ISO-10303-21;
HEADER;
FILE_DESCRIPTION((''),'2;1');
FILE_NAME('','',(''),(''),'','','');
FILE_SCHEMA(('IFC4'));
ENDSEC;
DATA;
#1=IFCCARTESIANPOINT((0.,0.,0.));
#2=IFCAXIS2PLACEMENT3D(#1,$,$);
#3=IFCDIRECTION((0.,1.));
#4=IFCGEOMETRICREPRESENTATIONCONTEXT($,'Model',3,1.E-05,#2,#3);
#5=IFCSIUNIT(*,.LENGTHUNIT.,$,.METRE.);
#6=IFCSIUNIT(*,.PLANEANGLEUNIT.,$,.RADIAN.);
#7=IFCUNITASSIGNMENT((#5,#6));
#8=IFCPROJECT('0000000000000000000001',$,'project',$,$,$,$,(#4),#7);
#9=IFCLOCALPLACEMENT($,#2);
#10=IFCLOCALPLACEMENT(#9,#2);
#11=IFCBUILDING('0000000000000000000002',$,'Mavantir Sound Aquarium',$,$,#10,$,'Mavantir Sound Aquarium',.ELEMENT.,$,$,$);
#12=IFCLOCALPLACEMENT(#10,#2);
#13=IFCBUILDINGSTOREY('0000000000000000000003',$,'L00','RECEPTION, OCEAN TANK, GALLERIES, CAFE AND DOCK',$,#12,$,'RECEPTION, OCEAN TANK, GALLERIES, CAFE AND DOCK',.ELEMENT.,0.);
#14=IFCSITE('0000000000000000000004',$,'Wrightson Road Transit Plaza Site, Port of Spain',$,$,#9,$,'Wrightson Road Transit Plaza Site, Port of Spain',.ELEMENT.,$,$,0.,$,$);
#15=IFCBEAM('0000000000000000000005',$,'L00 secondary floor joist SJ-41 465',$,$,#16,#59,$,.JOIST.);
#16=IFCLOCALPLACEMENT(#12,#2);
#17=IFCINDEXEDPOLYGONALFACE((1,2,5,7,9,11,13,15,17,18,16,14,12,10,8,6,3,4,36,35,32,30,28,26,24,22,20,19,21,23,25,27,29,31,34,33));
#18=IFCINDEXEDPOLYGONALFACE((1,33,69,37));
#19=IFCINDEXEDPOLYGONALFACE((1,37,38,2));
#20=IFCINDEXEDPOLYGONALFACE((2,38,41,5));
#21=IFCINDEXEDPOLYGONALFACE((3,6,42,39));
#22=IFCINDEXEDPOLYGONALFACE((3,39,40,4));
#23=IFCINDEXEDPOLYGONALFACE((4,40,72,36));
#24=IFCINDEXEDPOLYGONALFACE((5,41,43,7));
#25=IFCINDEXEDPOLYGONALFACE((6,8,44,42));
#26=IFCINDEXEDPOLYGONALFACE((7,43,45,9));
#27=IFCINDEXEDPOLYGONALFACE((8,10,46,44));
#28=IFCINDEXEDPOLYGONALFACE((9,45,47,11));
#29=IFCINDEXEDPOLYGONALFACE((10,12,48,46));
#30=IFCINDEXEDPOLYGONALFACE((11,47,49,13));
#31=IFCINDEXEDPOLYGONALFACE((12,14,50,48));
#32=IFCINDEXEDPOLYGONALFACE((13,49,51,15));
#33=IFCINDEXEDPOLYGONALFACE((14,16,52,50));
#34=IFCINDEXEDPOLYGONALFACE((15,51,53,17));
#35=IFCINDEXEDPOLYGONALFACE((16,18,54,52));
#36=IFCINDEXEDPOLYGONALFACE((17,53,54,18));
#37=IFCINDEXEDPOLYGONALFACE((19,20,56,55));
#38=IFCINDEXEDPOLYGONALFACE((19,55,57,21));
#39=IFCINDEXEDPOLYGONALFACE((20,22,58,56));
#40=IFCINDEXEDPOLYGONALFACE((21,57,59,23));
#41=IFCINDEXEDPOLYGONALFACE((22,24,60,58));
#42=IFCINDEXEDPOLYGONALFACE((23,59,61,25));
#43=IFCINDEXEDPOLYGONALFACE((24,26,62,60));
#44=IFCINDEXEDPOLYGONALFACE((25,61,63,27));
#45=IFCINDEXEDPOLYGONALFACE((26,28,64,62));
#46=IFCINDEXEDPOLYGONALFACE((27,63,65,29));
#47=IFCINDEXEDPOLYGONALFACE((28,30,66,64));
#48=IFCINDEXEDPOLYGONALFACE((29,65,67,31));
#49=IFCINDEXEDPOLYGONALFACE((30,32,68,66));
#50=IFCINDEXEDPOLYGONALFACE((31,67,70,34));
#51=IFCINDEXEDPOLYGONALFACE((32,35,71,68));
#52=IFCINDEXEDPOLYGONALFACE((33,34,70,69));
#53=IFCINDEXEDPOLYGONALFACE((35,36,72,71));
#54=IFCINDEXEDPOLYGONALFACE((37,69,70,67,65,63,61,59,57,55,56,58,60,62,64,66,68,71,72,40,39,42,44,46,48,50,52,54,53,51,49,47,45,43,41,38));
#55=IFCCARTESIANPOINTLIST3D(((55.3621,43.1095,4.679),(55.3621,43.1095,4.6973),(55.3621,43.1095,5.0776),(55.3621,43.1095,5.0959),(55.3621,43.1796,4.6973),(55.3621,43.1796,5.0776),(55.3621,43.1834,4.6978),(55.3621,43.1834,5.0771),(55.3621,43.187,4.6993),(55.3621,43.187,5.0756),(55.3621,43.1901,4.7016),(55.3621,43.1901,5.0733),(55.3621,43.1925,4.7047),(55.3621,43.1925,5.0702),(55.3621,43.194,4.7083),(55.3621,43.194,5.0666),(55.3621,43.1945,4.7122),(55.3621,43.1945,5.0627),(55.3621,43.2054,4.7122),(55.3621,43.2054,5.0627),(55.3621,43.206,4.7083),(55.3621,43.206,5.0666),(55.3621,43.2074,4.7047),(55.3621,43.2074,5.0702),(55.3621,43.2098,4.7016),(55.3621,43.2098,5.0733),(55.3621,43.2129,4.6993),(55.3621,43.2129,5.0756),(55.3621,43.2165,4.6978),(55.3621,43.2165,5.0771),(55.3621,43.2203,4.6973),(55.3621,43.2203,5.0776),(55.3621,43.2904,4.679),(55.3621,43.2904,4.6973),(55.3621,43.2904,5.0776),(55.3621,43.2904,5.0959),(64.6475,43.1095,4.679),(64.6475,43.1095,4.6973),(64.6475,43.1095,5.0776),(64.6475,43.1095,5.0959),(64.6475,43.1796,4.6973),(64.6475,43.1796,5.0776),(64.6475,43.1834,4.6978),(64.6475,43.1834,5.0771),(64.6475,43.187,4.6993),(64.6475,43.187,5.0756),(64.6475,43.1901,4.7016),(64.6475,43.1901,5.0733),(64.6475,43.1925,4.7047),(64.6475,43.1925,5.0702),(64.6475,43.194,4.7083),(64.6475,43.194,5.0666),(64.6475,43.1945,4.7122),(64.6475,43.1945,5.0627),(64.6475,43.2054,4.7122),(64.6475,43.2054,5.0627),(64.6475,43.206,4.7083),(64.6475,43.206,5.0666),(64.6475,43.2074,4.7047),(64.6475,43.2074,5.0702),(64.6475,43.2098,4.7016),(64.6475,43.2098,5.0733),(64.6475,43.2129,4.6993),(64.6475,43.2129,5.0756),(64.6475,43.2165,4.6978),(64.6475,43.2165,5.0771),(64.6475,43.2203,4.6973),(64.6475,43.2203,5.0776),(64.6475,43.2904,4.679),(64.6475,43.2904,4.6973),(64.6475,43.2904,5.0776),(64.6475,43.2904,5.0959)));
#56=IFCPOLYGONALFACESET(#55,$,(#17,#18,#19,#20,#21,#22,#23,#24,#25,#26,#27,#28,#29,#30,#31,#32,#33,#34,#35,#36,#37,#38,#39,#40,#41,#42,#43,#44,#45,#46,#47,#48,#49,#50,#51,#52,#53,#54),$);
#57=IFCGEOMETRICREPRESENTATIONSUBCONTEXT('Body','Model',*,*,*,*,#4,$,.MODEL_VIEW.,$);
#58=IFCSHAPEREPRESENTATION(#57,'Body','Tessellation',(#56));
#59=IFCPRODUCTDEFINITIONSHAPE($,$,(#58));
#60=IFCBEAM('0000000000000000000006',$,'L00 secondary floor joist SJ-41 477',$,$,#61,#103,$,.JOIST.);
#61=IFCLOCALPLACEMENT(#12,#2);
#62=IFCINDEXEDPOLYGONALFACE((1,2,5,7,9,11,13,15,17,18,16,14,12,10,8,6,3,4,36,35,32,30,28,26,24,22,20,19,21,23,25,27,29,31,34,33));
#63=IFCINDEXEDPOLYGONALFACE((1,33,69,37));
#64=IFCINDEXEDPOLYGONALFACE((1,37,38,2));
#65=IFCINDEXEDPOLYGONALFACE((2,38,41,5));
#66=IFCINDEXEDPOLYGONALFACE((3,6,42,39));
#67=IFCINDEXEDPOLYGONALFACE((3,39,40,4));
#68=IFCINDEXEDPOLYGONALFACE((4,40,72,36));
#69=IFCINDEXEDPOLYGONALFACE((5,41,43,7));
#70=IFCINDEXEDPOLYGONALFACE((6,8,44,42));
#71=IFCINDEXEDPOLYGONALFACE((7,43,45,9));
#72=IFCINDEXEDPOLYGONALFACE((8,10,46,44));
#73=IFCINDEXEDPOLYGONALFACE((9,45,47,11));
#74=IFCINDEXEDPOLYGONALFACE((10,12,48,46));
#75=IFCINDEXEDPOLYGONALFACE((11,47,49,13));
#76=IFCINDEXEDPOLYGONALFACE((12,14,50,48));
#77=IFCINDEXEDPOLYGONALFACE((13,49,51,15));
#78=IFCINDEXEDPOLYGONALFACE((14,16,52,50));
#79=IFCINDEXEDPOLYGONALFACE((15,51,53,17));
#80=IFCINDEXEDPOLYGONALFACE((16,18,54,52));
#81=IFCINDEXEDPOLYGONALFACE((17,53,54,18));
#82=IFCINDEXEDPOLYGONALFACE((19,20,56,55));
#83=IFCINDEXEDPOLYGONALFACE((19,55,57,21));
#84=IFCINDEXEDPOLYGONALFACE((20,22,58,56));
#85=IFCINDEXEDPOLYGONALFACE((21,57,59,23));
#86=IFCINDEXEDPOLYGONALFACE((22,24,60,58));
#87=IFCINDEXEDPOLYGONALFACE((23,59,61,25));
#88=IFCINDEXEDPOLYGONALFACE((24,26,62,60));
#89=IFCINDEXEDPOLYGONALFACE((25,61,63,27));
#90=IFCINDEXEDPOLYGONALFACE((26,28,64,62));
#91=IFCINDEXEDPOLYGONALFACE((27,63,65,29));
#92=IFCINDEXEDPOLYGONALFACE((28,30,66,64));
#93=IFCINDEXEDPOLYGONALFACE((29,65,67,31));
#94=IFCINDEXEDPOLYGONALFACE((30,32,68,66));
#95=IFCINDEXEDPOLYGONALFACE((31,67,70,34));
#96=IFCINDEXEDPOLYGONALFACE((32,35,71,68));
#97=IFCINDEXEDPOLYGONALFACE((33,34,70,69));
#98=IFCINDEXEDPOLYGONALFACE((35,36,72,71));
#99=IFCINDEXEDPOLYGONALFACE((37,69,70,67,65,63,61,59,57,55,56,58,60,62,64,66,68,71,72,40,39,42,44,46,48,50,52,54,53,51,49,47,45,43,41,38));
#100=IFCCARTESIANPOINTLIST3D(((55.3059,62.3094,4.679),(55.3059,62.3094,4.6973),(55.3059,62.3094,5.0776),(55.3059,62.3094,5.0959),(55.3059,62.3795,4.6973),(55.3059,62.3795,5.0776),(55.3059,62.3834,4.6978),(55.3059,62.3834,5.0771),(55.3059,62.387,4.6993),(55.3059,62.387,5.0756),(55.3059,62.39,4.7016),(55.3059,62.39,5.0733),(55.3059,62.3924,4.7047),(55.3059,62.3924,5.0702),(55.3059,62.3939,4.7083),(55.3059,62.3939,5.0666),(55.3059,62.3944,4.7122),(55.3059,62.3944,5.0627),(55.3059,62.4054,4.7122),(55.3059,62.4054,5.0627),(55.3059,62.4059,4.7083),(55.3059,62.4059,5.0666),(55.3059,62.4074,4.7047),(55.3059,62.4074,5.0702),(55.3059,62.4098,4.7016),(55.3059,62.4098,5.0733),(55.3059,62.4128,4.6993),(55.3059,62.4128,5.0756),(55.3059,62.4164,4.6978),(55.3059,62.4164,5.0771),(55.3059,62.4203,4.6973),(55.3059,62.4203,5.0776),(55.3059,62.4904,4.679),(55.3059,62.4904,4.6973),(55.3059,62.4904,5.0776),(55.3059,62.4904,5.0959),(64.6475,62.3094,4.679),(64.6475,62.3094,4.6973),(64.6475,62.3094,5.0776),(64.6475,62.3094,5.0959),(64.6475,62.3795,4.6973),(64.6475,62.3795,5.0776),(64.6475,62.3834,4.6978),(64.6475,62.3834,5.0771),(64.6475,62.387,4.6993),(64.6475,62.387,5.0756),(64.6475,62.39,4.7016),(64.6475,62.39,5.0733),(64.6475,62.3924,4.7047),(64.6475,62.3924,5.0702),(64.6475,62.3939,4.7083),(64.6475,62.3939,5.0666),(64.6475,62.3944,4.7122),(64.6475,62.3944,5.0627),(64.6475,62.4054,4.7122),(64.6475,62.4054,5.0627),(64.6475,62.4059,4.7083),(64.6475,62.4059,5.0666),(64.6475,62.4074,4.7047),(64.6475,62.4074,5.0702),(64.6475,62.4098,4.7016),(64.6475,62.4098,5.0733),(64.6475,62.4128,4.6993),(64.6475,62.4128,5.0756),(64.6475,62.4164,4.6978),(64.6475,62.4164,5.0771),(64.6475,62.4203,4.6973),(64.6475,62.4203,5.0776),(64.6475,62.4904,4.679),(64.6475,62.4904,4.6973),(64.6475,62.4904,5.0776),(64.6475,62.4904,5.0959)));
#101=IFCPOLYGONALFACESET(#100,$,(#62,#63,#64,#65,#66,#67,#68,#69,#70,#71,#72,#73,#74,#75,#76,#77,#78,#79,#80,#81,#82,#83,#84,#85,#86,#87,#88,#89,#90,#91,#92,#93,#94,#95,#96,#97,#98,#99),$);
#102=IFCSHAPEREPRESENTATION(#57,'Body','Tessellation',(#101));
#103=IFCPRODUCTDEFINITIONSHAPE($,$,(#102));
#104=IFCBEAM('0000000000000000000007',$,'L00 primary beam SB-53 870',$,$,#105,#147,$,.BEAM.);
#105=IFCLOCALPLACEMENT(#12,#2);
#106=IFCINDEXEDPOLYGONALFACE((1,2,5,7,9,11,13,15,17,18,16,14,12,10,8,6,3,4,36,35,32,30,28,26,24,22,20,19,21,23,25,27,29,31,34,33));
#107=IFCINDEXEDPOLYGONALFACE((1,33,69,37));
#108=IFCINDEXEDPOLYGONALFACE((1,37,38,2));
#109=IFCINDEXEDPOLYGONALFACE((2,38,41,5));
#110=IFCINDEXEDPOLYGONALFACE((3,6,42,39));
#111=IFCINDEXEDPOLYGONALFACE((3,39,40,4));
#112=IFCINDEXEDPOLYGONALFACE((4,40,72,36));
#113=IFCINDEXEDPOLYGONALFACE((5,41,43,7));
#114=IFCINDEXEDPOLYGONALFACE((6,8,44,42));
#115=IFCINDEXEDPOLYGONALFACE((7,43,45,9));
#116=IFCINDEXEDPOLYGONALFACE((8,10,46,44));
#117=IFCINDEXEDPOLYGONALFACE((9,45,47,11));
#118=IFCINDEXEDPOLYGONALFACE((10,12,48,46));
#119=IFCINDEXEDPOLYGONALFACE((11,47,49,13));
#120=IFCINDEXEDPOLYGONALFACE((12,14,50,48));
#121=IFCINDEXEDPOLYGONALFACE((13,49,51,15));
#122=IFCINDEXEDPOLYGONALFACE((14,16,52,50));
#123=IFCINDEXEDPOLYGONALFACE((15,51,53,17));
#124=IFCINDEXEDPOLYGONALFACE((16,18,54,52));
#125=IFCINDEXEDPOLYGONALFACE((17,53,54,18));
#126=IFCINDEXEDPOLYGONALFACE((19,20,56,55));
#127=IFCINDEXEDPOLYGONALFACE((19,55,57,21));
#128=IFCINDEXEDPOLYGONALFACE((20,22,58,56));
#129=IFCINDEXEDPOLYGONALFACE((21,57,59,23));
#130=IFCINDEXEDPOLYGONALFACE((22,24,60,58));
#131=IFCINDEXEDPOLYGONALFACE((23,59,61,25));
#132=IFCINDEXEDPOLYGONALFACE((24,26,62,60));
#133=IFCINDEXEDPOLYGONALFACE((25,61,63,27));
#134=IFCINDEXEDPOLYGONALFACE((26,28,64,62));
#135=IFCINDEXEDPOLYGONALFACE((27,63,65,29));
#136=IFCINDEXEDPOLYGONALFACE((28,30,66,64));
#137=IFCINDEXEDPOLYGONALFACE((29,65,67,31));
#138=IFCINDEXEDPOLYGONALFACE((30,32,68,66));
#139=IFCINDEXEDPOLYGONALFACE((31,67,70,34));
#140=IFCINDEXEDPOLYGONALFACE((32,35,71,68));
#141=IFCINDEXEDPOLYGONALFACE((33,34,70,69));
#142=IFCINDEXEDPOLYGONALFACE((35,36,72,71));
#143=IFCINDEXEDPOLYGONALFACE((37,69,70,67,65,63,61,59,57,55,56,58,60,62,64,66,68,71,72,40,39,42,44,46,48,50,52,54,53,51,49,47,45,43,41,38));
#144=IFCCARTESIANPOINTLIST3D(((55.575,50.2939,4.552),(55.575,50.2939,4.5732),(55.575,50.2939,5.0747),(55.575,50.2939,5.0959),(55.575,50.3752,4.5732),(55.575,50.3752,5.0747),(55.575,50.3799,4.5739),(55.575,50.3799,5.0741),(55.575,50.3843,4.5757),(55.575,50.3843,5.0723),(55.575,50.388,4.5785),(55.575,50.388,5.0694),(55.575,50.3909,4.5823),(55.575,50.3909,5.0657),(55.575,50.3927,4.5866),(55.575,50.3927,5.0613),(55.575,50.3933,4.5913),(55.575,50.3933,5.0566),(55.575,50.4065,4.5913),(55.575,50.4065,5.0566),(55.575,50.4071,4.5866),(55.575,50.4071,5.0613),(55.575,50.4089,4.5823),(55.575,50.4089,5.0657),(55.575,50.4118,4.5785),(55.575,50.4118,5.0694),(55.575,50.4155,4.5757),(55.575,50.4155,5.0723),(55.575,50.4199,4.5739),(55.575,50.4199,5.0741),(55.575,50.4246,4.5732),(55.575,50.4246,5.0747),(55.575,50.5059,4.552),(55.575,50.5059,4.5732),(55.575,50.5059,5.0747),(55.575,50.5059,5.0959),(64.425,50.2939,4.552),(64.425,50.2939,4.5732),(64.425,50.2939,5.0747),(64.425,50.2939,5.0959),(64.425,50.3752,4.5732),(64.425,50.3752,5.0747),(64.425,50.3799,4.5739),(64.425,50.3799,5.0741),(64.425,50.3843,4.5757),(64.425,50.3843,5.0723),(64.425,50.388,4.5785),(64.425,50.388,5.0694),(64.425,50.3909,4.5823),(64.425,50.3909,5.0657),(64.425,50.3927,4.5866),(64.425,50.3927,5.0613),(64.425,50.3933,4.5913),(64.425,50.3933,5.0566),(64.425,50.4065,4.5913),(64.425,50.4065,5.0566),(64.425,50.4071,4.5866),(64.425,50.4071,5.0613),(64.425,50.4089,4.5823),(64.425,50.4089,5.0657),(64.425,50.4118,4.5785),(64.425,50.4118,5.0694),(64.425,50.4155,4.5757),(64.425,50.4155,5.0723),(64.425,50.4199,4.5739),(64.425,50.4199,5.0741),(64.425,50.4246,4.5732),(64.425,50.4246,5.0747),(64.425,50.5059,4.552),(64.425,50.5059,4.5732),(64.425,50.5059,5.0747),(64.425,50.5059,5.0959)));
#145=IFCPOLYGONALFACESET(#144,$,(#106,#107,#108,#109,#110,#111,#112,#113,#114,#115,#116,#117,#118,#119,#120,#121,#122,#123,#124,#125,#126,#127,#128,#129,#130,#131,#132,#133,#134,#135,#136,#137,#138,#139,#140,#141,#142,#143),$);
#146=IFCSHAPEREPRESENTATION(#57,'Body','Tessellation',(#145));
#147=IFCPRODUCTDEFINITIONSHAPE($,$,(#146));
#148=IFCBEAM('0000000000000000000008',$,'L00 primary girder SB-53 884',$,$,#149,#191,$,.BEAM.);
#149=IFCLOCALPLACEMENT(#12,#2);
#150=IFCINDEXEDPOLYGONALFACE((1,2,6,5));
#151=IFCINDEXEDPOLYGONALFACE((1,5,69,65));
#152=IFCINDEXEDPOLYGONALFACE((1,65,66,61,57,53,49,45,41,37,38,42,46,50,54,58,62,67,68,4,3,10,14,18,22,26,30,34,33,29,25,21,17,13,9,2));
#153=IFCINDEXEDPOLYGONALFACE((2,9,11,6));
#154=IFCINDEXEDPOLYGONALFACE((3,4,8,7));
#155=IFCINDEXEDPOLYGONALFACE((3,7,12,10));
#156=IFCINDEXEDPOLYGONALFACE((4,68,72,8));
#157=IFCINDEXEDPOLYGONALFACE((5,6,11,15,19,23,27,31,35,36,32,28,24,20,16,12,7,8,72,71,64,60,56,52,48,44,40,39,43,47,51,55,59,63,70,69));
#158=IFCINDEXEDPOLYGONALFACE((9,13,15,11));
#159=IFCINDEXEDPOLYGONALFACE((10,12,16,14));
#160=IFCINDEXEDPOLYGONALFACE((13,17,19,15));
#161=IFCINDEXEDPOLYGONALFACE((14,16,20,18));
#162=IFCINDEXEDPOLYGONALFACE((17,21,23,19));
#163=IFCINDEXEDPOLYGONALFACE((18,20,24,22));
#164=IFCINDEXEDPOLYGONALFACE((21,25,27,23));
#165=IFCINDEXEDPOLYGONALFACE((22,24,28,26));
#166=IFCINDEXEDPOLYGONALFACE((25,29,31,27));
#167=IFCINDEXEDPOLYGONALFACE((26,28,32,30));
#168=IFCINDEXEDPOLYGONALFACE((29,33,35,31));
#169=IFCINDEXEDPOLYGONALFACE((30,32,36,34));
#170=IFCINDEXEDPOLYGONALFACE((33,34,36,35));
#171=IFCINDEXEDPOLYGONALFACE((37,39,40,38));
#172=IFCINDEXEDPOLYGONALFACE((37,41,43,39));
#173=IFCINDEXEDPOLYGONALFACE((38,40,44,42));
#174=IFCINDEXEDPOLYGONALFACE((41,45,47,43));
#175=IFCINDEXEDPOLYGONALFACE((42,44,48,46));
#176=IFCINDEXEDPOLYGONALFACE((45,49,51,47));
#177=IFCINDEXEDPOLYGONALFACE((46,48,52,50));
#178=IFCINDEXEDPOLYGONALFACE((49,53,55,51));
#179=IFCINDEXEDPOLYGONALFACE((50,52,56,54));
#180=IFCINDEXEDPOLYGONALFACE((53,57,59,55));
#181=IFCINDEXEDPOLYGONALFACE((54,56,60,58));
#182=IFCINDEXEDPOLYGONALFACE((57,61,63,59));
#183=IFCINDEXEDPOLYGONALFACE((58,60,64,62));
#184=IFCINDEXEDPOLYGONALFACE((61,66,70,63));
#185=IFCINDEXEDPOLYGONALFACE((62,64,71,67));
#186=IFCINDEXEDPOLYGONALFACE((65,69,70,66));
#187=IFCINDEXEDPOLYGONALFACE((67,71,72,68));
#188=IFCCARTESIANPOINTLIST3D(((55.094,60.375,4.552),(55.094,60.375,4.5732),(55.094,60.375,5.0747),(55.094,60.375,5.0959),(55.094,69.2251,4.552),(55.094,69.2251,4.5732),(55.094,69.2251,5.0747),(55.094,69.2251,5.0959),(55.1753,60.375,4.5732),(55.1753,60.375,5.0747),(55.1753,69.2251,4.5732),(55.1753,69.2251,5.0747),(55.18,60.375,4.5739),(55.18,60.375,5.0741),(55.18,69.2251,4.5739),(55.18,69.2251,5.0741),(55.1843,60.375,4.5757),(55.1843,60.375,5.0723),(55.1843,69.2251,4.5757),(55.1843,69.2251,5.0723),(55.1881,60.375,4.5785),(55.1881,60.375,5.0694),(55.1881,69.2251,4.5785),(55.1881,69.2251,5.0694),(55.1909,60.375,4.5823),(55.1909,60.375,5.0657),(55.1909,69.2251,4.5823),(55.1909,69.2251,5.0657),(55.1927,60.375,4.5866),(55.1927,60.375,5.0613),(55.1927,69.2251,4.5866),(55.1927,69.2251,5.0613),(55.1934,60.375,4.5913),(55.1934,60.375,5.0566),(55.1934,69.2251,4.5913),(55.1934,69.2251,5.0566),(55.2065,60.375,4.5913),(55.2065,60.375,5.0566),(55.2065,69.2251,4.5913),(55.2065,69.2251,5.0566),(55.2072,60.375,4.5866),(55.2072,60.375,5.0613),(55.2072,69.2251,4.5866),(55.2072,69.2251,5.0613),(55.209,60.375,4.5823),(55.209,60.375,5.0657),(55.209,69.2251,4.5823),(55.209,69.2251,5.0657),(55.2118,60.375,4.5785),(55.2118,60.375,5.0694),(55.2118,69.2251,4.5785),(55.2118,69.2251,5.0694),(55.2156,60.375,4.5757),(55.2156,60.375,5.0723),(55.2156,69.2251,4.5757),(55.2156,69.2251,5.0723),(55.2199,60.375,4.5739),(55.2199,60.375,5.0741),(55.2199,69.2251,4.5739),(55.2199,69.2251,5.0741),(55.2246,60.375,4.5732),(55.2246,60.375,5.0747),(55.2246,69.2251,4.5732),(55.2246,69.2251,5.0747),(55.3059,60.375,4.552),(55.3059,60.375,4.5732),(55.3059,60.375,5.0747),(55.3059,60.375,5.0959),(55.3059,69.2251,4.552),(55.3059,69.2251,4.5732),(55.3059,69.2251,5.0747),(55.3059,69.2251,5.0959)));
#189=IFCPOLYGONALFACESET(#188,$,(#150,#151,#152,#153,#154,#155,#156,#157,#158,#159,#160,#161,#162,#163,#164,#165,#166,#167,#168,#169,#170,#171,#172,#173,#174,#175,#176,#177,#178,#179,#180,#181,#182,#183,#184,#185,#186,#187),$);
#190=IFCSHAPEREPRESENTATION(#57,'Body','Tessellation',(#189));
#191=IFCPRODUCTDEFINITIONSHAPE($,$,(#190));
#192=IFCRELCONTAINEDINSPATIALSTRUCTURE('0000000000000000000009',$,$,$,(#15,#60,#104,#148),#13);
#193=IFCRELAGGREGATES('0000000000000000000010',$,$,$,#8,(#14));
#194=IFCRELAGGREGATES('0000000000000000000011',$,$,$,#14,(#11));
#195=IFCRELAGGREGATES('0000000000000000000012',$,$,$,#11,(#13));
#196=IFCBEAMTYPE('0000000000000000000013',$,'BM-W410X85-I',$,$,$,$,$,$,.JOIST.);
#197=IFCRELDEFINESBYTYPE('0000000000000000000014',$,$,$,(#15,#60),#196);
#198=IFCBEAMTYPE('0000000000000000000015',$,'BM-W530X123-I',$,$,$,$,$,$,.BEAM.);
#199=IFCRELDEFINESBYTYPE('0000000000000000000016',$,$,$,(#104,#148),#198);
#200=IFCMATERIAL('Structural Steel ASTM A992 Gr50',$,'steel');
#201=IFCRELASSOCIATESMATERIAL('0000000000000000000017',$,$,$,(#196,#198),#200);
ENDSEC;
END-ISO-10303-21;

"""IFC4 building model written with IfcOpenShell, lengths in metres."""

from ifc_helpers import new_model, si_unit, direction, frame, origin, origin_2d, place, context, subcontext, project, spatial, i_section, extrude, material, material_profile, profile_set, type_object, element, save


model = new_model("IFC4")

# Units and contexts
model_context = context("Model", 3, precision=1e-05, world=origin(), true_north=direction((0.0, 1.0)))
body_context = subcontext(model_context, "Body", "Model", "MODEL_VIEW")
ifc_project = project(units=[si_unit("LENGTHUNIT", "METRE"), si_unit("PLANEANGLEUNIT", "RADIAN")], contexts=[model_context])

# Site, building, storey
site_placement = place(None, origin())
site = spatial("IfcSite", under=ifc_project, at=site_placement, Name="Wrightson Road Transit Plaza Site, Port of Spain", LongName="Wrightson Road Transit Plaza Site, Port of Spain", CompositionType="ELEMENT", RefElevation=0.0)
building_placement = place(site_placement, origin())
building = spatial("IfcBuilding", under=site, at=building_placement, Name="Mavantir Sound Aquarium", LongName="Mavantir Sound Aquarium", CompositionType="ELEMENT")
storey_placement = place(building_placement, origin())
storey = spatial("IfcBuildingStorey", under=building, at=storey_placement, Name="L00", Description="RECEPTION, OCEAN TANK, GALLERIES, CAFE AND DOCK", LongName="RECEPTION, OCEAN TANK, GALLERIES, CAFE AND DOCK", CompositionType="ELEMENT", Elevation=0.0)

# Beams
ifc_material_1 = material(Name="Structural Steel ASTM A992 Gr50", Category="steel")
ifc_material_profile_1 = material_profile(ifc_material_1, i_section(OverallWidth=0.1809, OverallDepth=0.417, WebThickness=0.011, FlangeThickness=0.0183, FilletRadius=0.0149, at=origin_2d()), Name="W410X85")
ifc_profile_set_1 = profile_set([ifc_material_profile_1], Name="Structural Steel ASTM A992 Gr50")
beam_type_1 = type_object("IfcBeamType", Name="BM-W410X85-I", PredefinedType="JOIST", material=ifc_profile_set_1)
beam_1_placement = place(storey_placement, frame((55.3621, 43.2, 4.8875), z_axis=(1.0, 0.0, 0.0), x_axis=(0.0, 1.0, 0.0)))
element("IfcBeam", 1, at=beam_1_placement, inside=storey, type_object=beam_type_1, Name="L00 secondary floor joist SJ-41 465", PredefinedType="JOIST", context=body_context, shape_type="SweptSolid", body=[
    extrude(i_section(OverallWidth=0.1809, OverallDepth=0.417, WebThickness=0.011, FlangeThickness=0.0183, FilletRadius=0.0149, at=origin_2d()), origin(), (0.0, 0.0, 1.0), 9.2854),
])
beam_2_placement = place(storey_placement, frame((55.3059, 62.3999, 4.8875), z_axis=(1.0, 0.0, 0.0), x_axis=(0.0, 1.0, 0.0)))
element("IfcBeam", 2, at=beam_2_placement, inside=storey, type_object=beam_type_1, Name="L00 secondary floor joist SJ-41 477", PredefinedType="JOIST", context=body_context, shape_type="SweptSolid", body=[
    extrude(i_section(OverallWidth=0.1809, OverallDepth=0.417, WebThickness=0.011, FlangeThickness=0.0183, FilletRadius=0.0149, at=origin_2d()), origin(), (0.0, 0.0, 1.0), 9.3416),
])
ifc_material_profile_2 = material_profile(ifc_material_1, i_section(OverallWidth=0.2119, OverallDepth=0.5439, WebThickness=0.0132, FlangeThickness=0.0212, FilletRadius=0.0181, at=origin_2d()), Name="W530X123")
ifc_profile_set_2 = profile_set([ifc_material_profile_2], Name="Structural Steel ASTM A992 Gr50")
beam_type_2 = type_object("IfcBeamType", Name="BM-W530X123-I", PredefinedType="BEAM", material=ifc_profile_set_2)
for number, where, z_axis, x_axis, name in (
    (3, (55.575, 50.3999, 4.824), (1.0, 0.0, 0.0), (0.0, 1.0, 0.0), "L00 primary beam SB-53 870"),
    (4, (55.2, 60.375, 4.824), (0.0, 1.0, 0.0), (-1.0, 0.0, 0.0), "L00 primary girder SB-53 884"),
):
    element("IfcBeam", number, at=place(storey_placement, frame(where, z_axis=z_axis, x_axis=x_axis)), inside=storey, type_object=beam_type_2, Name=name, PredefinedType="BEAM", context=body_context, shape_type="SweptSolid", body=[
        extrude(i_section(OverallWidth=0.2119, OverallDepth=0.5439, WebThickness=0.0132, FlangeThickness=0.0212, FilletRadius=0.0181, at=origin_2d()), origin(), (0.0, 0.0, 1.0), 8.8501),
    ])

save(model, "model.ifc")
